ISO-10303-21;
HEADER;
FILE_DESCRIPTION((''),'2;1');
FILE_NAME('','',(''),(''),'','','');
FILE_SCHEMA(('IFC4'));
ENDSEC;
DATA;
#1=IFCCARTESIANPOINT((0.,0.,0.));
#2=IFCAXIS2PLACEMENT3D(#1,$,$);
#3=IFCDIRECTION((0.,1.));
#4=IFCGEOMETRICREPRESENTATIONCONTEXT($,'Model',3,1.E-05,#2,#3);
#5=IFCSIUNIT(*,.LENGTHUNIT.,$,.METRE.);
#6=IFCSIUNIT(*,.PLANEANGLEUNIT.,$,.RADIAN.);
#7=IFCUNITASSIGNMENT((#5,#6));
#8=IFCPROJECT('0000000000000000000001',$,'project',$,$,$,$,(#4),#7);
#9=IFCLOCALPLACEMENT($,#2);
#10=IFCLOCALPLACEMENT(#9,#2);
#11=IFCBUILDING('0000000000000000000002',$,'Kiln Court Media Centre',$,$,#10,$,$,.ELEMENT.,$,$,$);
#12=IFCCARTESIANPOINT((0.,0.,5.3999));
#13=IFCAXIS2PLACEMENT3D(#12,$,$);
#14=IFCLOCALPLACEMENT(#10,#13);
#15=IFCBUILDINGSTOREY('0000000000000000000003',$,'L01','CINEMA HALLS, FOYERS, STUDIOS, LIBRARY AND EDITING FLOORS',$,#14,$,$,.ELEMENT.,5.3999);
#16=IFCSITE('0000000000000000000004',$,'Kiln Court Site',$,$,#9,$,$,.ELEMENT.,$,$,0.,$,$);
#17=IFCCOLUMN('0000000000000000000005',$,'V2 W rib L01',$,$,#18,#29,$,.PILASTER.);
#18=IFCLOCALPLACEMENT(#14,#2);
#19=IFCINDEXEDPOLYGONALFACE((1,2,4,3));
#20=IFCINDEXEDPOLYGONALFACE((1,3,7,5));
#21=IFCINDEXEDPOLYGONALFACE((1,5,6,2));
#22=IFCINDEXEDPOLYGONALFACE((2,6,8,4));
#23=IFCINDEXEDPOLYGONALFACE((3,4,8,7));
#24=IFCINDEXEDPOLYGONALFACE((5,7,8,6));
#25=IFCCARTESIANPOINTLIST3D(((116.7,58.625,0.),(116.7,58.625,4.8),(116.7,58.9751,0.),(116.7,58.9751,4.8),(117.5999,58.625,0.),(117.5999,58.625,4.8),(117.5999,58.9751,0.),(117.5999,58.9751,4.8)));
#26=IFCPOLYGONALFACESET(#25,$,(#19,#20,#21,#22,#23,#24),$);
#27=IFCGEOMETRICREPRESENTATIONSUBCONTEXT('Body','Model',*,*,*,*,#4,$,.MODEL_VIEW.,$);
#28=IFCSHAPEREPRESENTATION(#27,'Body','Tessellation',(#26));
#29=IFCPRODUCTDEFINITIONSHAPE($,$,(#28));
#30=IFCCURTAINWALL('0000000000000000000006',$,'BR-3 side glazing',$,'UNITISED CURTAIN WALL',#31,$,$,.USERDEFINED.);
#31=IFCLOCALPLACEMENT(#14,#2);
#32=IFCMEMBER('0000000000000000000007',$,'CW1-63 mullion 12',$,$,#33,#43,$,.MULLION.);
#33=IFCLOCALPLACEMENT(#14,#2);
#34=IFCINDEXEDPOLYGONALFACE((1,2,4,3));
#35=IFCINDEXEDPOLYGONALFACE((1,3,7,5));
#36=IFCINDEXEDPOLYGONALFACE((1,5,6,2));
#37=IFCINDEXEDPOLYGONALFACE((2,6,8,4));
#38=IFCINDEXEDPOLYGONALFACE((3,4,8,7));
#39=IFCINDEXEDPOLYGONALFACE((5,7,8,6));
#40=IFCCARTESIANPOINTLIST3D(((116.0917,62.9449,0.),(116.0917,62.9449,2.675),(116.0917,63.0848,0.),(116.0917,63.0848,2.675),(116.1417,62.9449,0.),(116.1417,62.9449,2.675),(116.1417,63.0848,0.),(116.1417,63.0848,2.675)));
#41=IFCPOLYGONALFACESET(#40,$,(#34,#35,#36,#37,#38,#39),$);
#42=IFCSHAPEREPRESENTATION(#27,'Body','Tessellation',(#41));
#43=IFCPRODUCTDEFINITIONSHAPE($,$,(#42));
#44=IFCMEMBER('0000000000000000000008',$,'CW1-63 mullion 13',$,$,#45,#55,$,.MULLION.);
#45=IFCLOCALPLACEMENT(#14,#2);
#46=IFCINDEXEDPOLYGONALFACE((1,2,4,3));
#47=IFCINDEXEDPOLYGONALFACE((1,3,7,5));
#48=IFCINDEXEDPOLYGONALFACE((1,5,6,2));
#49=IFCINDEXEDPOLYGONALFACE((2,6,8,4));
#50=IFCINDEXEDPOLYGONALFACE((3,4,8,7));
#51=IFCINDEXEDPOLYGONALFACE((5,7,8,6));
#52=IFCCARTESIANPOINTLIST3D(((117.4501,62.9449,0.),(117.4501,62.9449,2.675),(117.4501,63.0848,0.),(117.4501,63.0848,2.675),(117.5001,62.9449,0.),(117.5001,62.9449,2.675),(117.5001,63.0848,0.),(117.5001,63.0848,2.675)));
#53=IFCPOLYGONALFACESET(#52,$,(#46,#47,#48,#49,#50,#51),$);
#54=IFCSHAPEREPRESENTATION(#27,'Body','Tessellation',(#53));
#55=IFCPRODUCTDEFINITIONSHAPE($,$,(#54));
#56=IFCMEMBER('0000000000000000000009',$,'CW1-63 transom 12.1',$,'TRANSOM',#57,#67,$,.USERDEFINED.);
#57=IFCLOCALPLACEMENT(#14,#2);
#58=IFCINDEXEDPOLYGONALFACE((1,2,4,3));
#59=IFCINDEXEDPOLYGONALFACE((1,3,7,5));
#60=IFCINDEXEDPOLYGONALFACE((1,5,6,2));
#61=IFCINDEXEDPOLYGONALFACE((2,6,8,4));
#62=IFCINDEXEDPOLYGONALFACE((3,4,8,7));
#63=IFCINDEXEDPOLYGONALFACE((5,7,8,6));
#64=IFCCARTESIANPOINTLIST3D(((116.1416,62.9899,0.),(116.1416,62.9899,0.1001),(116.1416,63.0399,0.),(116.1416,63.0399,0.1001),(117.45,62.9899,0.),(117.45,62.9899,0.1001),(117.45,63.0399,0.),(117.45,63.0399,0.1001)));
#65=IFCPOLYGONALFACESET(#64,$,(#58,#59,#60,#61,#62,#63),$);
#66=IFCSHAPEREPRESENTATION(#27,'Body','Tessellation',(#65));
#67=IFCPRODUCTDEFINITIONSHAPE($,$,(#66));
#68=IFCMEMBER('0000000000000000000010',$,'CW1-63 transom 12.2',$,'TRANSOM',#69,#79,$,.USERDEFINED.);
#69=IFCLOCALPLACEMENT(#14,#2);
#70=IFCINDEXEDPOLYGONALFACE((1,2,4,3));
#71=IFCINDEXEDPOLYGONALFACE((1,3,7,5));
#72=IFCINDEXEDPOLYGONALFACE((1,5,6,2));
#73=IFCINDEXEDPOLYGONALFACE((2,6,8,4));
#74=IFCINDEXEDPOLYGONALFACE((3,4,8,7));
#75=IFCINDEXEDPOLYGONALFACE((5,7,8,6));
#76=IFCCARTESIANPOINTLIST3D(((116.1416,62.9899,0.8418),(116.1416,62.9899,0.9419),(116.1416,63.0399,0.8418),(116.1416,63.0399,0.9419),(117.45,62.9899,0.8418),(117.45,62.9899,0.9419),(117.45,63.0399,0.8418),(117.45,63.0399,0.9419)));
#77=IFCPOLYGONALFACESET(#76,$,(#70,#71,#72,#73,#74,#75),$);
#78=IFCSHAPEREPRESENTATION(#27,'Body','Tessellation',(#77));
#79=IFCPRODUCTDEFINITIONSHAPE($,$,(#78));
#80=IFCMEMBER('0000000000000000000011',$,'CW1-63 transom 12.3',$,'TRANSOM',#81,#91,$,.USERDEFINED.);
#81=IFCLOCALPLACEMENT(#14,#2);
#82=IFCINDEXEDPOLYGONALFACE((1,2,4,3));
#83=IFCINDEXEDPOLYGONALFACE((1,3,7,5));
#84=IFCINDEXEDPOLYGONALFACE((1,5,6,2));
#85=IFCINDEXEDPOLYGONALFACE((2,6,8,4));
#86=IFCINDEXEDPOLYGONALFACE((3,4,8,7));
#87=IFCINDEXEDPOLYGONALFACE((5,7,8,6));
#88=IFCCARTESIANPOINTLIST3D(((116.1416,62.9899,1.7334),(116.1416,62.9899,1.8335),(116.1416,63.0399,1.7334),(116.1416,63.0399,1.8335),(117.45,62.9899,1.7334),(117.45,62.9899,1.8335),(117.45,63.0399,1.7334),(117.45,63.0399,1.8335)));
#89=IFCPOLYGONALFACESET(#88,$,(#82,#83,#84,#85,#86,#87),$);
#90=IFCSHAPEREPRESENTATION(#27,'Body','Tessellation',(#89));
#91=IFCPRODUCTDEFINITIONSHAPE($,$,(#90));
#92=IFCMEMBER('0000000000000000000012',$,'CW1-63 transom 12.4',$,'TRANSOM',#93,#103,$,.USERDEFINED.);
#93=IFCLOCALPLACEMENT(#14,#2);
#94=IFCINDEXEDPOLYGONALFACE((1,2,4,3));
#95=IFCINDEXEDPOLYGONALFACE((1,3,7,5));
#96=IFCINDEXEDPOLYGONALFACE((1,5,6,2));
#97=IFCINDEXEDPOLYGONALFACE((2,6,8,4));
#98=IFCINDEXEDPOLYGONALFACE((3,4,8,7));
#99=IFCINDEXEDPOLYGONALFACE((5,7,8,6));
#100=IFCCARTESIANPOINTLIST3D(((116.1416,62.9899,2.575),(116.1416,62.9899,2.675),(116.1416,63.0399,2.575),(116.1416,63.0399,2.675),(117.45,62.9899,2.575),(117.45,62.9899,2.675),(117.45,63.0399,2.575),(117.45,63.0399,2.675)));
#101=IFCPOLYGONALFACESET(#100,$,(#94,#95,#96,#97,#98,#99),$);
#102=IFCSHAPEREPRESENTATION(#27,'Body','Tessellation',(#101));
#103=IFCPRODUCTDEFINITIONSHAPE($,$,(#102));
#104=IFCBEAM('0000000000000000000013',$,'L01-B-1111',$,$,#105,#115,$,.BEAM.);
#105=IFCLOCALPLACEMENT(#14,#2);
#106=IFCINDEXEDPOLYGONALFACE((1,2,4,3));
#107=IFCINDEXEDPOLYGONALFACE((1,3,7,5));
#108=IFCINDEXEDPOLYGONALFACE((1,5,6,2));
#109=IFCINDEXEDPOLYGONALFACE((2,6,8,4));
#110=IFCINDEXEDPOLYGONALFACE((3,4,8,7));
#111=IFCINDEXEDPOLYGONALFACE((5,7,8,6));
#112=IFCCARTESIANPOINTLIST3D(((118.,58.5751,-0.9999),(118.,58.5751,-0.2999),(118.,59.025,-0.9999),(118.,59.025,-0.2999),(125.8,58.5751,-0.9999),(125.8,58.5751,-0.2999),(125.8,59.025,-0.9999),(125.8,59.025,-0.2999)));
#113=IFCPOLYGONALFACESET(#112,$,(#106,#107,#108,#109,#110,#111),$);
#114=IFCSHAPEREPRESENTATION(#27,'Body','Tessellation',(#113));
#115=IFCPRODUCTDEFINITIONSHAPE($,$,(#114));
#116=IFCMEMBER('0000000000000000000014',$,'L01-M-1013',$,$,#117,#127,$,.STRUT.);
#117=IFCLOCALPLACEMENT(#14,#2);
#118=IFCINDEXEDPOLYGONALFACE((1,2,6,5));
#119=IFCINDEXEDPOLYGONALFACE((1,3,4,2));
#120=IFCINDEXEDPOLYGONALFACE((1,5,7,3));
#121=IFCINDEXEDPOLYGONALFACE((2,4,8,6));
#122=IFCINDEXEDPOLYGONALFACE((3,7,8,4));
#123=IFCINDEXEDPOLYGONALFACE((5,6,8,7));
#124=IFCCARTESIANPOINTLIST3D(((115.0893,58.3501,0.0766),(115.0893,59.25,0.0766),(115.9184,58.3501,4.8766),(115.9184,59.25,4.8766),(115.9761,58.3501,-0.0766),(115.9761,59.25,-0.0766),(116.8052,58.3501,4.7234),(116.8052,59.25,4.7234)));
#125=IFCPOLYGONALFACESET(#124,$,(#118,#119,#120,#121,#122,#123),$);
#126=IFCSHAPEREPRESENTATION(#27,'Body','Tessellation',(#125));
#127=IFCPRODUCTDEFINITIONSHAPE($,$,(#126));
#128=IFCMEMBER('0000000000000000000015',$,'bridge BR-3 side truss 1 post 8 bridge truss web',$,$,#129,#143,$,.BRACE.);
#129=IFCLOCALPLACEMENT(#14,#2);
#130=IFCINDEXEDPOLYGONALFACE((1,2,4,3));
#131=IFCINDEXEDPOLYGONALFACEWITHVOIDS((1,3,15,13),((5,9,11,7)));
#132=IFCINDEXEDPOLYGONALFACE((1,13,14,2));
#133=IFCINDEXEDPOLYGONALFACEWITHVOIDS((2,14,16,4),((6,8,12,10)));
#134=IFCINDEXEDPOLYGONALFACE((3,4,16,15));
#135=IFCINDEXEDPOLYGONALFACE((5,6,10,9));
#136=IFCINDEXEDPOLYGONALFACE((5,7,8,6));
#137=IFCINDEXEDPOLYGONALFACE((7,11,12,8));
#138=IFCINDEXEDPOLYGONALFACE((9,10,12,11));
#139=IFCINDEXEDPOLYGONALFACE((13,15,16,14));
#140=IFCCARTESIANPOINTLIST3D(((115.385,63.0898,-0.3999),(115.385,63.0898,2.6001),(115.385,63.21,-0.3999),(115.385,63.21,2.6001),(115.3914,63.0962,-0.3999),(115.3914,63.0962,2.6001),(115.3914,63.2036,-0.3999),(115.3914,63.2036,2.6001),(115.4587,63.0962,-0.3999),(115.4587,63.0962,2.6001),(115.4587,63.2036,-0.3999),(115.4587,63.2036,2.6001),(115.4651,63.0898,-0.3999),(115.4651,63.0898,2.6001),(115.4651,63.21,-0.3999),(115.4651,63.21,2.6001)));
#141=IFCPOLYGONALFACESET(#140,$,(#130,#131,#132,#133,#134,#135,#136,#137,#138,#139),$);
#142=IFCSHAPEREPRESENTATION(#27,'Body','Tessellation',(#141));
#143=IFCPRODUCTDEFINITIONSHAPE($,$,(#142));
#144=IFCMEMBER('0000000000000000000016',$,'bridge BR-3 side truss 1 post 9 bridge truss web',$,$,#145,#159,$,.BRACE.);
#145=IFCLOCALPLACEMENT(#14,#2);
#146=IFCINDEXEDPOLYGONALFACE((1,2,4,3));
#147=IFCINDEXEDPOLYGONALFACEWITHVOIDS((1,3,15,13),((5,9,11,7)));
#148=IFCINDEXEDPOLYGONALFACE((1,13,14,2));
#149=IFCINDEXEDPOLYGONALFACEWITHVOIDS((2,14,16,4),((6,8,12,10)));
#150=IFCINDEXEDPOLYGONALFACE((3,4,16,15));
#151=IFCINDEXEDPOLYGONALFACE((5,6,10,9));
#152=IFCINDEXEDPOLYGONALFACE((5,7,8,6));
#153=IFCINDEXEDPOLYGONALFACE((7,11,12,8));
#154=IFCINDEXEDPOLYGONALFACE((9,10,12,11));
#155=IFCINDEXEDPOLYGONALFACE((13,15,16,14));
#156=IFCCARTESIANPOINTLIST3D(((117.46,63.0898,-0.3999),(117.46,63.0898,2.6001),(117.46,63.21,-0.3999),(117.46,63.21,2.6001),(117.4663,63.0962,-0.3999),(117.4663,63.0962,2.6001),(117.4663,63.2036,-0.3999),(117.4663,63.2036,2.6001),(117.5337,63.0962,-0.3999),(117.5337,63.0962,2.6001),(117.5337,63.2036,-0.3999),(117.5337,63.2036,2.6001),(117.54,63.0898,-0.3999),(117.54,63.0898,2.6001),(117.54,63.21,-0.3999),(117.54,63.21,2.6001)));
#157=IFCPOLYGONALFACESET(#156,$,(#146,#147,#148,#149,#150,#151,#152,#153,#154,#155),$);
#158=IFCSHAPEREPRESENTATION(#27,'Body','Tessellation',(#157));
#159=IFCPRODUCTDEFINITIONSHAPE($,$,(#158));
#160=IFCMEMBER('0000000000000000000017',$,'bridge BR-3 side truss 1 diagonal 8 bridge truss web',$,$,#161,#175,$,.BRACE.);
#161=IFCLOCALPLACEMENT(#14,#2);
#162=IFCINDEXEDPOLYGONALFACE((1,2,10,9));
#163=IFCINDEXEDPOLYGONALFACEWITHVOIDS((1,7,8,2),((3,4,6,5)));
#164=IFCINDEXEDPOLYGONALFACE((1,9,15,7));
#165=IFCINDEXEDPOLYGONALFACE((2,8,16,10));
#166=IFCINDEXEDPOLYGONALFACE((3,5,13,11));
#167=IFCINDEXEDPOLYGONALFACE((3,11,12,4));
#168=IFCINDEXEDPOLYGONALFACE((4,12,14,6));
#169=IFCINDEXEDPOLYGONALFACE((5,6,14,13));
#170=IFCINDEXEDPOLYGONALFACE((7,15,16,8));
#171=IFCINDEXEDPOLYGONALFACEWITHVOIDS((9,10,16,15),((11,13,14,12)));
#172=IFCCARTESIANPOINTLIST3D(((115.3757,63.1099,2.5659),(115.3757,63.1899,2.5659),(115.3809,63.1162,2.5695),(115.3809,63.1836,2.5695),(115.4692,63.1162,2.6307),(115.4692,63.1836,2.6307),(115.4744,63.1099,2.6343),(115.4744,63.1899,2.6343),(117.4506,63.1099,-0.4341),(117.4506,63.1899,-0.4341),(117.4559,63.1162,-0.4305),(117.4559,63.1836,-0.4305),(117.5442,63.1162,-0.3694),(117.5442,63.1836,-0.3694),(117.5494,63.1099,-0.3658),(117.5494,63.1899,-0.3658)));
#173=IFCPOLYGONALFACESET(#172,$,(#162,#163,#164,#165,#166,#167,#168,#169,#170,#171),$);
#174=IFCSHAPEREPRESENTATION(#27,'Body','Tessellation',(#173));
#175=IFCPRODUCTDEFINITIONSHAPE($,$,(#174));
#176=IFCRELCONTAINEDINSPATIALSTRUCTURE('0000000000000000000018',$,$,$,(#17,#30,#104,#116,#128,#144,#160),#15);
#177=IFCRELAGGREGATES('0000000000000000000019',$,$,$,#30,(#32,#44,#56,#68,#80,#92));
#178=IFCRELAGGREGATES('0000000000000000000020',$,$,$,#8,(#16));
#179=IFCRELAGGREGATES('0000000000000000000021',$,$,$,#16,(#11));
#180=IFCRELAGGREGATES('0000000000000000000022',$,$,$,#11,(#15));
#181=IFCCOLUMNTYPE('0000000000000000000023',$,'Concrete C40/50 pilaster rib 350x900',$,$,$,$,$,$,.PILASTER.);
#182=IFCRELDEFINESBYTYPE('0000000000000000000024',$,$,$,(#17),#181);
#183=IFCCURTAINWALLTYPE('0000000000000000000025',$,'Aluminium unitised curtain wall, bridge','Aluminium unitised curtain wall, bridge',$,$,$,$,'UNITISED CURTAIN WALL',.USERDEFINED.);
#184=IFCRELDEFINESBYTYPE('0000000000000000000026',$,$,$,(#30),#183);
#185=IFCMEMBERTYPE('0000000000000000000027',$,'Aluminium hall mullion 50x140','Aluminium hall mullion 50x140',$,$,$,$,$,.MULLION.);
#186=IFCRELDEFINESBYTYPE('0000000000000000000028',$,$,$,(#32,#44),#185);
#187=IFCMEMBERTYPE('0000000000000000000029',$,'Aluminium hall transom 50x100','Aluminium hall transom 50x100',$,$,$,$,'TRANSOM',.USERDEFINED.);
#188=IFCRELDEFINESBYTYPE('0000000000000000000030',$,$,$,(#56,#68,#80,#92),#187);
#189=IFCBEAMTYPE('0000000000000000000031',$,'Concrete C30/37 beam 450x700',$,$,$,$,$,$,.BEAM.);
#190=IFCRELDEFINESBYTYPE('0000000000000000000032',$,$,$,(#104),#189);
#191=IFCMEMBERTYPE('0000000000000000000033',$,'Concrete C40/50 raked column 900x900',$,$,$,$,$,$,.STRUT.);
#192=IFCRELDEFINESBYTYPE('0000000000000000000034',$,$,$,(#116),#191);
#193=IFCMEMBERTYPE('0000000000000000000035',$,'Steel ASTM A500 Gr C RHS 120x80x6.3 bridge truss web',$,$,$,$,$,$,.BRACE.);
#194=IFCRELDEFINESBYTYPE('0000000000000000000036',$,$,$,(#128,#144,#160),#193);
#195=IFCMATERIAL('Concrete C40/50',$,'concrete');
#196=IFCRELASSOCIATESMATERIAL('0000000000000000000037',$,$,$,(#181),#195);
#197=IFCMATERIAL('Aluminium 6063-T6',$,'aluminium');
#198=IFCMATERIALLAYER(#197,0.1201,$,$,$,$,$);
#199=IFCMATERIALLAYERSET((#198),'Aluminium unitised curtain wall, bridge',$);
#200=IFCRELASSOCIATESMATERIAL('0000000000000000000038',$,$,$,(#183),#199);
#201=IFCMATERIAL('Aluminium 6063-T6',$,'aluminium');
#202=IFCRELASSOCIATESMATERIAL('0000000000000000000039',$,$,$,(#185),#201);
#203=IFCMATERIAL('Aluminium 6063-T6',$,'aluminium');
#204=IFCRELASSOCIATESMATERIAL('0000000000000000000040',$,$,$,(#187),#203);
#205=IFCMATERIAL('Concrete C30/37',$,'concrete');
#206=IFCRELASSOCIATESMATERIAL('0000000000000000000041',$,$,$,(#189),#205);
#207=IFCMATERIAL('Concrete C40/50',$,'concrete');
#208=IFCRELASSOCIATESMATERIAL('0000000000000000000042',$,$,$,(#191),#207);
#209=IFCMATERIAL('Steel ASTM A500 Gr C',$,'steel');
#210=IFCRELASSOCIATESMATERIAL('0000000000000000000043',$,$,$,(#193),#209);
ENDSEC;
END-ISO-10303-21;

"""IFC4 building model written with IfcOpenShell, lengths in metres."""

from ifc_helpers import new_model, si_unit, direction, frame, origin, origin_2d, place, context, subcontext, project, spatial, rectangle, hollow_rectangle, extrude, material, layer, layer_set, material_profile, profile_set, type_object, element, aggregate, save


model = new_model("IFC4")

# Units and contexts
model_context = context("Model", 3, precision=1e-05, world=origin(), true_north=direction((0.0, 1.0)))
body_context = subcontext(model_context, "Body", "Model", "MODEL_VIEW")
ifc_project = project(units=[si_unit("LENGTHUNIT", "METRE"), si_unit("PLANEANGLEUNIT", "RADIAN")], contexts=[model_context])

# Site, building, storey
site_placement = place(None, origin())
site = spatial("IfcSite", under=ifc_project, at=site_placement, Name="Kiln Court Site", CompositionType="ELEMENT", RefElevation=0.0)
building_placement = place(site_placement, origin())
building = spatial("IfcBuilding", under=site, at=building_placement, Name="Kiln Court Media Centre", CompositionType="ELEMENT")
storey_placement = place(building_placement, frame((0.0, 0.0, 5.3999)))
storey = spatial("IfcBuildingStorey", under=building, at=storey_placement, Name="L01", Description="CINEMA HALLS, FOYERS, STUDIOS, LIBRARY AND EDITING FLOORS", CompositionType="ELEMENT", Elevation=5.3999)

# Column
ifc_material_1 = material(Name="Concrete C40/50", Category="concrete")
ifc_material_profile_1 = material_profile(ifc_material_1, rectangle(XDim=0.3501, YDim=0.8999, at=origin_2d()), Name="RC 350x900")
ifc_profile_set_1 = profile_set([ifc_material_profile_1], Name="Concrete C40/50")
column_type = type_object("IfcColumnType", Name="Concrete C40/50 pilaster rib 350x900", PredefinedType="PILASTER", material=ifc_profile_set_1)
column_placement = place(storey_placement, frame((117.1499, 58.8, 0.0), z_axis=(0.0, 0.0, 1.0), x_axis=(0.0, 1.0, 0.0)))
element("IfcColumn", 1, at=column_placement, inside=storey, type_object=column_type, Name="V2 W rib L01", PredefinedType="PILASTER", context=body_context, shape_type="SweptSolid", body=[
    extrude(rectangle(XDim=0.3501, YDim=0.8999, at=origin_2d()), origin(), (0.0, 0.0, 1.0), 4.8),
])

# Curtain wall, members
ifc_material_2 = material(Name="Aluminium 6063-T6", Category="aluminium")
ifc_layer_1 = layer(ifc_material_2, 0.1201)
ifc_layer_set_1 = layer_set([ifc_layer_1], Name="Aluminium unitised curtain wall, bridge")
curtain_wall_type = type_object("IfcCurtainWallType", Name="Aluminium unitised curtain wall, bridge", Description="Aluminium unitised curtain wall, bridge", ElementType="UNITISED CURTAIN WALL", PredefinedType="USERDEFINED", material=ifc_layer_set_1)
curtain_wall_placement = place(storey_placement, origin())
curtain_wall = element("IfcCurtainWall", 2, at=curtain_wall_placement, inside=storey, type_object=curtain_wall_type, Name="BR-3 side glazing", ObjectType="UNITISED CURTAIN WALL", PredefinedType="USERDEFINED")
ifc_material_3 = material(Name="Aluminium 6063-T6", Category="aluminium")
ifc_material_profile_2 = material_profile(ifc_material_3, rectangle(XDim=0.05, YDim=0.1399, at=origin_2d()), Name="Aluminium hall mullion 50x140")
ifc_profile_set_2 = profile_set([ifc_material_profile_2], Name="Aluminium 6063-T6")
member_type_1 = type_object("IfcMemberType", Name="Aluminium hall mullion 50x140", Description="Aluminium hall mullion 50x140", PredefinedType="MULLION", material=ifc_profile_set_2)
member_1_placement = place(storey_placement, frame((116.1167, 63.0149, 0.0), z_axis=(0.0, 0.0, 1.0), x_axis=(1.0, 0.0, 0.0)))
member_1 = element("IfcMember", 3, at=member_1_placement, type_object=member_type_1, Name="CW1-63 mullion 12", PredefinedType="MULLION", context=body_context, shape_type="SweptSolid", body=[
    extrude(rectangle(XDim=0.05, YDim=0.1399, at=origin_2d()), origin(), (0.0, 0.0, 1.0), 2.675),
])
member_2_placement = place(storey_placement, frame((117.4751, 63.0149, 0.0), z_axis=(0.0, 0.0, 1.0), x_axis=(1.0, 0.0, 0.0)))
member_2 = element("IfcMember", 4, at=member_2_placement, type_object=member_type_1, Name="CW1-63 mullion 13", PredefinedType="MULLION", context=body_context, shape_type="SweptSolid", body=[
    extrude(rectangle(XDim=0.05, YDim=0.1399, at=origin_2d()), origin(), (0.0, 0.0, 1.0), 2.675),
])
ifc_material_4 = material(Name="Aluminium 6063-T6", Category="aluminium")
ifc_material_profile_3 = material_profile(ifc_material_4, rectangle(XDim=0.05, YDim=0.1001, at=origin_2d()), Name="Aluminium hall transom 50x100")
ifc_profile_set_3 = profile_set([ifc_material_profile_3], Name="Aluminium 6063-T6")
member_type_2 = type_object("IfcMemberType", Name="Aluminium hall transom 50x100", Description="Aluminium hall transom 50x100", ElementType="TRANSOM", PredefinedType="USERDEFINED", material=ifc_profile_set_3)
member_3_placement = place(storey_placement, frame((116.1416, 63.0149, 0.05), z_axis=(1.0, 0.0, 0.0), x_axis=(0.0, 1.0, 0.0)))
member_3 = element("IfcMember", 5, at=member_3_placement, type_object=member_type_2, Name="CW1-63 transom 12.1", ObjectType="TRANSOM", PredefinedType="USERDEFINED", context=body_context, shape_type="SweptSolid", body=[
    extrude(rectangle(XDim=0.05, YDim=0.1001, at=origin_2d()), origin(), (0.0, 0.0, 1.0), 1.3083),
])
member_4_placement = place(storey_placement, frame((116.1416, 63.0149, 0.8918), z_axis=(1.0, 0.0, 0.0), x_axis=(0.0, 1.0, 0.0)))
member_4 = element("IfcMember", 6, at=member_4_placement, type_object=member_type_2, Name="CW1-63 transom 12.2", ObjectType="TRANSOM", PredefinedType="USERDEFINED", context=body_context, shape_type="SweptSolid", body=[
    extrude(rectangle(XDim=0.05, YDim=0.1001, at=origin_2d()), origin(), (0.0, 0.0, 1.0), 1.3083),
])
member_5_placement = place(storey_placement, frame((116.1416, 63.0149, 1.7834), z_axis=(1.0, 0.0, 0.0), x_axis=(0.0, 1.0, 0.0)))
member_5 = element("IfcMember", 7, at=member_5_placement, type_object=member_type_2, Name="CW1-63 transom 12.3", ObjectType="TRANSOM", PredefinedType="USERDEFINED", context=body_context, shape_type="SweptSolid", body=[
    extrude(rectangle(XDim=0.05, YDim=0.1001, at=origin_2d()), origin(), (0.0, 0.0, 1.0), 1.3083),
])
member_6_placement = place(storey_placement, frame((116.1416, 63.0149, 2.625), z_axis=(1.0, 0.0, 0.0), x_axis=(0.0, 1.0, 0.0)))
member_6 = element("IfcMember", 8, at=member_6_placement, type_object=member_type_2, Name="CW1-63 transom 12.4", ObjectType="TRANSOM", PredefinedType="USERDEFINED", context=body_context, shape_type="SweptSolid", body=[
    extrude(rectangle(XDim=0.05, YDim=0.1001, at=origin_2d()), origin(), (0.0, 0.0, 1.0), 1.3083),
])

# Beam
ifc_material_5 = material(Name="Concrete C30/37", Category="concrete")
ifc_material_profile_4 = material_profile(ifc_material_5, rectangle(XDim=0.45, YDim=0.7, at=origin_2d()), Name="RC 450x700")
ifc_profile_set_4 = profile_set([ifc_material_profile_4], Name="Concrete C30/37")
beam_type_1 = type_object("IfcBeamType", Name="Concrete C30/37 beam 450x700", PredefinedType="BEAM", material=ifc_profile_set_4)
beam_1_placement = place(storey_placement, frame((118.0, 58.8, -0.6499), z_axis=(1.0, 0.0, 0.0), x_axis=(0.0, 1.0, 0.0)))
element("IfcBeam", 9, at=beam_1_placement, inside=storey, type_object=beam_type_1, Name="L01-B-1111", PredefinedType="BEAM", context=body_context, shape_type="SweptSolid", body=[
    extrude(rectangle(XDim=0.45, YDim=0.7, at=origin_2d()), origin(), (0.0, 0.0, 1.0), 7.8),
])

# Members
ifc_material_6 = material(Name="Concrete C40/50", Category="concrete")
ifc_material_profile_5 = material_profile(ifc_material_6, rectangle(XDim=0.8999, YDim=0.8999, at=origin_2d()), Name="RC 900x900")
ifc_profile_set_5 = profile_set([ifc_material_profile_5], Name="Concrete C40/50")
member_type_3 = type_object("IfcMemberType", Name="Concrete C40/50 raked column 900x900", PredefinedType="STRUT", material=ifc_profile_set_5)
member_7_placement = place(storey_placement, frame((115.5327, 58.8, 0.0), z_axis=(0.170207, 0.0, 0.985408), x_axis=(0.0, 1.0, 0.0)))
element("IfcMember", 10, at=member_7_placement, inside=storey, type_object=member_type_3, Name="L01-M-1013", PredefinedType="STRUT", context=body_context, shape_type="SweptSolid", body=[
    extrude(rectangle(XDim=0.8999, YDim=0.8999, at=origin_2d()), origin(), (0.0, 0.0, 1.0), 4.8711),
])
ifc_material_7 = material(Name="Steel ASTM A500 Gr C", Category="steel")
ifc_material_profile_6 = material_profile(ifc_material_7, hollow_rectangle(XDim=0.0801, YDim=0.1201, WallThickness=0.0063, at=origin_2d()), Name="RHS 120x80x6.3")
ifc_profile_set_6 = profile_set([ifc_material_profile_6], Name="Steel ASTM A500 Gr C")
member_type_4 = type_object("IfcMemberType", Name="Steel ASTM A500 Gr C RHS 120x80x6.3 bridge truss web", PredefinedType="BRACE", material=ifc_profile_set_6)
for number, where, z_axis, x_axis, name in (
    (11, (115.425, 63.1499, -0.3999), (0.0, 0.0, 1.0), (1.0, 0.0, 0.0), "bridge BR-3 side truss 1 post 8 bridge truss web"),
    (12, (117.5, 63.1499, -0.3999), (0.0, 0.0, 1.0), (1.0, 0.0, 0.0), "bridge BR-3 side truss 1 post 9 bridge truss web"),
):
    element("IfcMember", number, at=place(storey_placement, frame(where, z_axis=z_axis, x_axis=x_axis)), inside=storey, type_object=member_type_4, Name=name, PredefinedType="BRACE", context=body_context, shape_type="SweptSolid", body=[
        extrude(hollow_rectangle(XDim=0.0801, YDim=0.1201, WallThickness=0.0063, at=origin_2d()), origin(), (0.0, 0.0, 1.0), 3.0),
    ])
member_8_placement = place(storey_placement, frame((115.425, 63.1499, 2.6001), z_axis=(0.568844, 0.0, -0.822445), x_axis=(0.0, 1.0, 0.0)))
element("IfcMember", 13, at=member_8_placement, inside=storey, type_object=member_type_4, Name="bridge BR-3 side truss 1 diagonal 8 bridge truss web", PredefinedType="BRACE", context=body_context, shape_type="SweptSolid", body=[
    extrude(hollow_rectangle(XDim=0.0801, YDim=0.1201, WallThickness=0.0063, at=origin_2d()), origin(), (0.0, 0.0, 1.0), 3.6477),
])

aggregate(curtain_wall, [member_1, member_2, member_3, member_4, member_5, member_6])

save(model, "model.ifc")
